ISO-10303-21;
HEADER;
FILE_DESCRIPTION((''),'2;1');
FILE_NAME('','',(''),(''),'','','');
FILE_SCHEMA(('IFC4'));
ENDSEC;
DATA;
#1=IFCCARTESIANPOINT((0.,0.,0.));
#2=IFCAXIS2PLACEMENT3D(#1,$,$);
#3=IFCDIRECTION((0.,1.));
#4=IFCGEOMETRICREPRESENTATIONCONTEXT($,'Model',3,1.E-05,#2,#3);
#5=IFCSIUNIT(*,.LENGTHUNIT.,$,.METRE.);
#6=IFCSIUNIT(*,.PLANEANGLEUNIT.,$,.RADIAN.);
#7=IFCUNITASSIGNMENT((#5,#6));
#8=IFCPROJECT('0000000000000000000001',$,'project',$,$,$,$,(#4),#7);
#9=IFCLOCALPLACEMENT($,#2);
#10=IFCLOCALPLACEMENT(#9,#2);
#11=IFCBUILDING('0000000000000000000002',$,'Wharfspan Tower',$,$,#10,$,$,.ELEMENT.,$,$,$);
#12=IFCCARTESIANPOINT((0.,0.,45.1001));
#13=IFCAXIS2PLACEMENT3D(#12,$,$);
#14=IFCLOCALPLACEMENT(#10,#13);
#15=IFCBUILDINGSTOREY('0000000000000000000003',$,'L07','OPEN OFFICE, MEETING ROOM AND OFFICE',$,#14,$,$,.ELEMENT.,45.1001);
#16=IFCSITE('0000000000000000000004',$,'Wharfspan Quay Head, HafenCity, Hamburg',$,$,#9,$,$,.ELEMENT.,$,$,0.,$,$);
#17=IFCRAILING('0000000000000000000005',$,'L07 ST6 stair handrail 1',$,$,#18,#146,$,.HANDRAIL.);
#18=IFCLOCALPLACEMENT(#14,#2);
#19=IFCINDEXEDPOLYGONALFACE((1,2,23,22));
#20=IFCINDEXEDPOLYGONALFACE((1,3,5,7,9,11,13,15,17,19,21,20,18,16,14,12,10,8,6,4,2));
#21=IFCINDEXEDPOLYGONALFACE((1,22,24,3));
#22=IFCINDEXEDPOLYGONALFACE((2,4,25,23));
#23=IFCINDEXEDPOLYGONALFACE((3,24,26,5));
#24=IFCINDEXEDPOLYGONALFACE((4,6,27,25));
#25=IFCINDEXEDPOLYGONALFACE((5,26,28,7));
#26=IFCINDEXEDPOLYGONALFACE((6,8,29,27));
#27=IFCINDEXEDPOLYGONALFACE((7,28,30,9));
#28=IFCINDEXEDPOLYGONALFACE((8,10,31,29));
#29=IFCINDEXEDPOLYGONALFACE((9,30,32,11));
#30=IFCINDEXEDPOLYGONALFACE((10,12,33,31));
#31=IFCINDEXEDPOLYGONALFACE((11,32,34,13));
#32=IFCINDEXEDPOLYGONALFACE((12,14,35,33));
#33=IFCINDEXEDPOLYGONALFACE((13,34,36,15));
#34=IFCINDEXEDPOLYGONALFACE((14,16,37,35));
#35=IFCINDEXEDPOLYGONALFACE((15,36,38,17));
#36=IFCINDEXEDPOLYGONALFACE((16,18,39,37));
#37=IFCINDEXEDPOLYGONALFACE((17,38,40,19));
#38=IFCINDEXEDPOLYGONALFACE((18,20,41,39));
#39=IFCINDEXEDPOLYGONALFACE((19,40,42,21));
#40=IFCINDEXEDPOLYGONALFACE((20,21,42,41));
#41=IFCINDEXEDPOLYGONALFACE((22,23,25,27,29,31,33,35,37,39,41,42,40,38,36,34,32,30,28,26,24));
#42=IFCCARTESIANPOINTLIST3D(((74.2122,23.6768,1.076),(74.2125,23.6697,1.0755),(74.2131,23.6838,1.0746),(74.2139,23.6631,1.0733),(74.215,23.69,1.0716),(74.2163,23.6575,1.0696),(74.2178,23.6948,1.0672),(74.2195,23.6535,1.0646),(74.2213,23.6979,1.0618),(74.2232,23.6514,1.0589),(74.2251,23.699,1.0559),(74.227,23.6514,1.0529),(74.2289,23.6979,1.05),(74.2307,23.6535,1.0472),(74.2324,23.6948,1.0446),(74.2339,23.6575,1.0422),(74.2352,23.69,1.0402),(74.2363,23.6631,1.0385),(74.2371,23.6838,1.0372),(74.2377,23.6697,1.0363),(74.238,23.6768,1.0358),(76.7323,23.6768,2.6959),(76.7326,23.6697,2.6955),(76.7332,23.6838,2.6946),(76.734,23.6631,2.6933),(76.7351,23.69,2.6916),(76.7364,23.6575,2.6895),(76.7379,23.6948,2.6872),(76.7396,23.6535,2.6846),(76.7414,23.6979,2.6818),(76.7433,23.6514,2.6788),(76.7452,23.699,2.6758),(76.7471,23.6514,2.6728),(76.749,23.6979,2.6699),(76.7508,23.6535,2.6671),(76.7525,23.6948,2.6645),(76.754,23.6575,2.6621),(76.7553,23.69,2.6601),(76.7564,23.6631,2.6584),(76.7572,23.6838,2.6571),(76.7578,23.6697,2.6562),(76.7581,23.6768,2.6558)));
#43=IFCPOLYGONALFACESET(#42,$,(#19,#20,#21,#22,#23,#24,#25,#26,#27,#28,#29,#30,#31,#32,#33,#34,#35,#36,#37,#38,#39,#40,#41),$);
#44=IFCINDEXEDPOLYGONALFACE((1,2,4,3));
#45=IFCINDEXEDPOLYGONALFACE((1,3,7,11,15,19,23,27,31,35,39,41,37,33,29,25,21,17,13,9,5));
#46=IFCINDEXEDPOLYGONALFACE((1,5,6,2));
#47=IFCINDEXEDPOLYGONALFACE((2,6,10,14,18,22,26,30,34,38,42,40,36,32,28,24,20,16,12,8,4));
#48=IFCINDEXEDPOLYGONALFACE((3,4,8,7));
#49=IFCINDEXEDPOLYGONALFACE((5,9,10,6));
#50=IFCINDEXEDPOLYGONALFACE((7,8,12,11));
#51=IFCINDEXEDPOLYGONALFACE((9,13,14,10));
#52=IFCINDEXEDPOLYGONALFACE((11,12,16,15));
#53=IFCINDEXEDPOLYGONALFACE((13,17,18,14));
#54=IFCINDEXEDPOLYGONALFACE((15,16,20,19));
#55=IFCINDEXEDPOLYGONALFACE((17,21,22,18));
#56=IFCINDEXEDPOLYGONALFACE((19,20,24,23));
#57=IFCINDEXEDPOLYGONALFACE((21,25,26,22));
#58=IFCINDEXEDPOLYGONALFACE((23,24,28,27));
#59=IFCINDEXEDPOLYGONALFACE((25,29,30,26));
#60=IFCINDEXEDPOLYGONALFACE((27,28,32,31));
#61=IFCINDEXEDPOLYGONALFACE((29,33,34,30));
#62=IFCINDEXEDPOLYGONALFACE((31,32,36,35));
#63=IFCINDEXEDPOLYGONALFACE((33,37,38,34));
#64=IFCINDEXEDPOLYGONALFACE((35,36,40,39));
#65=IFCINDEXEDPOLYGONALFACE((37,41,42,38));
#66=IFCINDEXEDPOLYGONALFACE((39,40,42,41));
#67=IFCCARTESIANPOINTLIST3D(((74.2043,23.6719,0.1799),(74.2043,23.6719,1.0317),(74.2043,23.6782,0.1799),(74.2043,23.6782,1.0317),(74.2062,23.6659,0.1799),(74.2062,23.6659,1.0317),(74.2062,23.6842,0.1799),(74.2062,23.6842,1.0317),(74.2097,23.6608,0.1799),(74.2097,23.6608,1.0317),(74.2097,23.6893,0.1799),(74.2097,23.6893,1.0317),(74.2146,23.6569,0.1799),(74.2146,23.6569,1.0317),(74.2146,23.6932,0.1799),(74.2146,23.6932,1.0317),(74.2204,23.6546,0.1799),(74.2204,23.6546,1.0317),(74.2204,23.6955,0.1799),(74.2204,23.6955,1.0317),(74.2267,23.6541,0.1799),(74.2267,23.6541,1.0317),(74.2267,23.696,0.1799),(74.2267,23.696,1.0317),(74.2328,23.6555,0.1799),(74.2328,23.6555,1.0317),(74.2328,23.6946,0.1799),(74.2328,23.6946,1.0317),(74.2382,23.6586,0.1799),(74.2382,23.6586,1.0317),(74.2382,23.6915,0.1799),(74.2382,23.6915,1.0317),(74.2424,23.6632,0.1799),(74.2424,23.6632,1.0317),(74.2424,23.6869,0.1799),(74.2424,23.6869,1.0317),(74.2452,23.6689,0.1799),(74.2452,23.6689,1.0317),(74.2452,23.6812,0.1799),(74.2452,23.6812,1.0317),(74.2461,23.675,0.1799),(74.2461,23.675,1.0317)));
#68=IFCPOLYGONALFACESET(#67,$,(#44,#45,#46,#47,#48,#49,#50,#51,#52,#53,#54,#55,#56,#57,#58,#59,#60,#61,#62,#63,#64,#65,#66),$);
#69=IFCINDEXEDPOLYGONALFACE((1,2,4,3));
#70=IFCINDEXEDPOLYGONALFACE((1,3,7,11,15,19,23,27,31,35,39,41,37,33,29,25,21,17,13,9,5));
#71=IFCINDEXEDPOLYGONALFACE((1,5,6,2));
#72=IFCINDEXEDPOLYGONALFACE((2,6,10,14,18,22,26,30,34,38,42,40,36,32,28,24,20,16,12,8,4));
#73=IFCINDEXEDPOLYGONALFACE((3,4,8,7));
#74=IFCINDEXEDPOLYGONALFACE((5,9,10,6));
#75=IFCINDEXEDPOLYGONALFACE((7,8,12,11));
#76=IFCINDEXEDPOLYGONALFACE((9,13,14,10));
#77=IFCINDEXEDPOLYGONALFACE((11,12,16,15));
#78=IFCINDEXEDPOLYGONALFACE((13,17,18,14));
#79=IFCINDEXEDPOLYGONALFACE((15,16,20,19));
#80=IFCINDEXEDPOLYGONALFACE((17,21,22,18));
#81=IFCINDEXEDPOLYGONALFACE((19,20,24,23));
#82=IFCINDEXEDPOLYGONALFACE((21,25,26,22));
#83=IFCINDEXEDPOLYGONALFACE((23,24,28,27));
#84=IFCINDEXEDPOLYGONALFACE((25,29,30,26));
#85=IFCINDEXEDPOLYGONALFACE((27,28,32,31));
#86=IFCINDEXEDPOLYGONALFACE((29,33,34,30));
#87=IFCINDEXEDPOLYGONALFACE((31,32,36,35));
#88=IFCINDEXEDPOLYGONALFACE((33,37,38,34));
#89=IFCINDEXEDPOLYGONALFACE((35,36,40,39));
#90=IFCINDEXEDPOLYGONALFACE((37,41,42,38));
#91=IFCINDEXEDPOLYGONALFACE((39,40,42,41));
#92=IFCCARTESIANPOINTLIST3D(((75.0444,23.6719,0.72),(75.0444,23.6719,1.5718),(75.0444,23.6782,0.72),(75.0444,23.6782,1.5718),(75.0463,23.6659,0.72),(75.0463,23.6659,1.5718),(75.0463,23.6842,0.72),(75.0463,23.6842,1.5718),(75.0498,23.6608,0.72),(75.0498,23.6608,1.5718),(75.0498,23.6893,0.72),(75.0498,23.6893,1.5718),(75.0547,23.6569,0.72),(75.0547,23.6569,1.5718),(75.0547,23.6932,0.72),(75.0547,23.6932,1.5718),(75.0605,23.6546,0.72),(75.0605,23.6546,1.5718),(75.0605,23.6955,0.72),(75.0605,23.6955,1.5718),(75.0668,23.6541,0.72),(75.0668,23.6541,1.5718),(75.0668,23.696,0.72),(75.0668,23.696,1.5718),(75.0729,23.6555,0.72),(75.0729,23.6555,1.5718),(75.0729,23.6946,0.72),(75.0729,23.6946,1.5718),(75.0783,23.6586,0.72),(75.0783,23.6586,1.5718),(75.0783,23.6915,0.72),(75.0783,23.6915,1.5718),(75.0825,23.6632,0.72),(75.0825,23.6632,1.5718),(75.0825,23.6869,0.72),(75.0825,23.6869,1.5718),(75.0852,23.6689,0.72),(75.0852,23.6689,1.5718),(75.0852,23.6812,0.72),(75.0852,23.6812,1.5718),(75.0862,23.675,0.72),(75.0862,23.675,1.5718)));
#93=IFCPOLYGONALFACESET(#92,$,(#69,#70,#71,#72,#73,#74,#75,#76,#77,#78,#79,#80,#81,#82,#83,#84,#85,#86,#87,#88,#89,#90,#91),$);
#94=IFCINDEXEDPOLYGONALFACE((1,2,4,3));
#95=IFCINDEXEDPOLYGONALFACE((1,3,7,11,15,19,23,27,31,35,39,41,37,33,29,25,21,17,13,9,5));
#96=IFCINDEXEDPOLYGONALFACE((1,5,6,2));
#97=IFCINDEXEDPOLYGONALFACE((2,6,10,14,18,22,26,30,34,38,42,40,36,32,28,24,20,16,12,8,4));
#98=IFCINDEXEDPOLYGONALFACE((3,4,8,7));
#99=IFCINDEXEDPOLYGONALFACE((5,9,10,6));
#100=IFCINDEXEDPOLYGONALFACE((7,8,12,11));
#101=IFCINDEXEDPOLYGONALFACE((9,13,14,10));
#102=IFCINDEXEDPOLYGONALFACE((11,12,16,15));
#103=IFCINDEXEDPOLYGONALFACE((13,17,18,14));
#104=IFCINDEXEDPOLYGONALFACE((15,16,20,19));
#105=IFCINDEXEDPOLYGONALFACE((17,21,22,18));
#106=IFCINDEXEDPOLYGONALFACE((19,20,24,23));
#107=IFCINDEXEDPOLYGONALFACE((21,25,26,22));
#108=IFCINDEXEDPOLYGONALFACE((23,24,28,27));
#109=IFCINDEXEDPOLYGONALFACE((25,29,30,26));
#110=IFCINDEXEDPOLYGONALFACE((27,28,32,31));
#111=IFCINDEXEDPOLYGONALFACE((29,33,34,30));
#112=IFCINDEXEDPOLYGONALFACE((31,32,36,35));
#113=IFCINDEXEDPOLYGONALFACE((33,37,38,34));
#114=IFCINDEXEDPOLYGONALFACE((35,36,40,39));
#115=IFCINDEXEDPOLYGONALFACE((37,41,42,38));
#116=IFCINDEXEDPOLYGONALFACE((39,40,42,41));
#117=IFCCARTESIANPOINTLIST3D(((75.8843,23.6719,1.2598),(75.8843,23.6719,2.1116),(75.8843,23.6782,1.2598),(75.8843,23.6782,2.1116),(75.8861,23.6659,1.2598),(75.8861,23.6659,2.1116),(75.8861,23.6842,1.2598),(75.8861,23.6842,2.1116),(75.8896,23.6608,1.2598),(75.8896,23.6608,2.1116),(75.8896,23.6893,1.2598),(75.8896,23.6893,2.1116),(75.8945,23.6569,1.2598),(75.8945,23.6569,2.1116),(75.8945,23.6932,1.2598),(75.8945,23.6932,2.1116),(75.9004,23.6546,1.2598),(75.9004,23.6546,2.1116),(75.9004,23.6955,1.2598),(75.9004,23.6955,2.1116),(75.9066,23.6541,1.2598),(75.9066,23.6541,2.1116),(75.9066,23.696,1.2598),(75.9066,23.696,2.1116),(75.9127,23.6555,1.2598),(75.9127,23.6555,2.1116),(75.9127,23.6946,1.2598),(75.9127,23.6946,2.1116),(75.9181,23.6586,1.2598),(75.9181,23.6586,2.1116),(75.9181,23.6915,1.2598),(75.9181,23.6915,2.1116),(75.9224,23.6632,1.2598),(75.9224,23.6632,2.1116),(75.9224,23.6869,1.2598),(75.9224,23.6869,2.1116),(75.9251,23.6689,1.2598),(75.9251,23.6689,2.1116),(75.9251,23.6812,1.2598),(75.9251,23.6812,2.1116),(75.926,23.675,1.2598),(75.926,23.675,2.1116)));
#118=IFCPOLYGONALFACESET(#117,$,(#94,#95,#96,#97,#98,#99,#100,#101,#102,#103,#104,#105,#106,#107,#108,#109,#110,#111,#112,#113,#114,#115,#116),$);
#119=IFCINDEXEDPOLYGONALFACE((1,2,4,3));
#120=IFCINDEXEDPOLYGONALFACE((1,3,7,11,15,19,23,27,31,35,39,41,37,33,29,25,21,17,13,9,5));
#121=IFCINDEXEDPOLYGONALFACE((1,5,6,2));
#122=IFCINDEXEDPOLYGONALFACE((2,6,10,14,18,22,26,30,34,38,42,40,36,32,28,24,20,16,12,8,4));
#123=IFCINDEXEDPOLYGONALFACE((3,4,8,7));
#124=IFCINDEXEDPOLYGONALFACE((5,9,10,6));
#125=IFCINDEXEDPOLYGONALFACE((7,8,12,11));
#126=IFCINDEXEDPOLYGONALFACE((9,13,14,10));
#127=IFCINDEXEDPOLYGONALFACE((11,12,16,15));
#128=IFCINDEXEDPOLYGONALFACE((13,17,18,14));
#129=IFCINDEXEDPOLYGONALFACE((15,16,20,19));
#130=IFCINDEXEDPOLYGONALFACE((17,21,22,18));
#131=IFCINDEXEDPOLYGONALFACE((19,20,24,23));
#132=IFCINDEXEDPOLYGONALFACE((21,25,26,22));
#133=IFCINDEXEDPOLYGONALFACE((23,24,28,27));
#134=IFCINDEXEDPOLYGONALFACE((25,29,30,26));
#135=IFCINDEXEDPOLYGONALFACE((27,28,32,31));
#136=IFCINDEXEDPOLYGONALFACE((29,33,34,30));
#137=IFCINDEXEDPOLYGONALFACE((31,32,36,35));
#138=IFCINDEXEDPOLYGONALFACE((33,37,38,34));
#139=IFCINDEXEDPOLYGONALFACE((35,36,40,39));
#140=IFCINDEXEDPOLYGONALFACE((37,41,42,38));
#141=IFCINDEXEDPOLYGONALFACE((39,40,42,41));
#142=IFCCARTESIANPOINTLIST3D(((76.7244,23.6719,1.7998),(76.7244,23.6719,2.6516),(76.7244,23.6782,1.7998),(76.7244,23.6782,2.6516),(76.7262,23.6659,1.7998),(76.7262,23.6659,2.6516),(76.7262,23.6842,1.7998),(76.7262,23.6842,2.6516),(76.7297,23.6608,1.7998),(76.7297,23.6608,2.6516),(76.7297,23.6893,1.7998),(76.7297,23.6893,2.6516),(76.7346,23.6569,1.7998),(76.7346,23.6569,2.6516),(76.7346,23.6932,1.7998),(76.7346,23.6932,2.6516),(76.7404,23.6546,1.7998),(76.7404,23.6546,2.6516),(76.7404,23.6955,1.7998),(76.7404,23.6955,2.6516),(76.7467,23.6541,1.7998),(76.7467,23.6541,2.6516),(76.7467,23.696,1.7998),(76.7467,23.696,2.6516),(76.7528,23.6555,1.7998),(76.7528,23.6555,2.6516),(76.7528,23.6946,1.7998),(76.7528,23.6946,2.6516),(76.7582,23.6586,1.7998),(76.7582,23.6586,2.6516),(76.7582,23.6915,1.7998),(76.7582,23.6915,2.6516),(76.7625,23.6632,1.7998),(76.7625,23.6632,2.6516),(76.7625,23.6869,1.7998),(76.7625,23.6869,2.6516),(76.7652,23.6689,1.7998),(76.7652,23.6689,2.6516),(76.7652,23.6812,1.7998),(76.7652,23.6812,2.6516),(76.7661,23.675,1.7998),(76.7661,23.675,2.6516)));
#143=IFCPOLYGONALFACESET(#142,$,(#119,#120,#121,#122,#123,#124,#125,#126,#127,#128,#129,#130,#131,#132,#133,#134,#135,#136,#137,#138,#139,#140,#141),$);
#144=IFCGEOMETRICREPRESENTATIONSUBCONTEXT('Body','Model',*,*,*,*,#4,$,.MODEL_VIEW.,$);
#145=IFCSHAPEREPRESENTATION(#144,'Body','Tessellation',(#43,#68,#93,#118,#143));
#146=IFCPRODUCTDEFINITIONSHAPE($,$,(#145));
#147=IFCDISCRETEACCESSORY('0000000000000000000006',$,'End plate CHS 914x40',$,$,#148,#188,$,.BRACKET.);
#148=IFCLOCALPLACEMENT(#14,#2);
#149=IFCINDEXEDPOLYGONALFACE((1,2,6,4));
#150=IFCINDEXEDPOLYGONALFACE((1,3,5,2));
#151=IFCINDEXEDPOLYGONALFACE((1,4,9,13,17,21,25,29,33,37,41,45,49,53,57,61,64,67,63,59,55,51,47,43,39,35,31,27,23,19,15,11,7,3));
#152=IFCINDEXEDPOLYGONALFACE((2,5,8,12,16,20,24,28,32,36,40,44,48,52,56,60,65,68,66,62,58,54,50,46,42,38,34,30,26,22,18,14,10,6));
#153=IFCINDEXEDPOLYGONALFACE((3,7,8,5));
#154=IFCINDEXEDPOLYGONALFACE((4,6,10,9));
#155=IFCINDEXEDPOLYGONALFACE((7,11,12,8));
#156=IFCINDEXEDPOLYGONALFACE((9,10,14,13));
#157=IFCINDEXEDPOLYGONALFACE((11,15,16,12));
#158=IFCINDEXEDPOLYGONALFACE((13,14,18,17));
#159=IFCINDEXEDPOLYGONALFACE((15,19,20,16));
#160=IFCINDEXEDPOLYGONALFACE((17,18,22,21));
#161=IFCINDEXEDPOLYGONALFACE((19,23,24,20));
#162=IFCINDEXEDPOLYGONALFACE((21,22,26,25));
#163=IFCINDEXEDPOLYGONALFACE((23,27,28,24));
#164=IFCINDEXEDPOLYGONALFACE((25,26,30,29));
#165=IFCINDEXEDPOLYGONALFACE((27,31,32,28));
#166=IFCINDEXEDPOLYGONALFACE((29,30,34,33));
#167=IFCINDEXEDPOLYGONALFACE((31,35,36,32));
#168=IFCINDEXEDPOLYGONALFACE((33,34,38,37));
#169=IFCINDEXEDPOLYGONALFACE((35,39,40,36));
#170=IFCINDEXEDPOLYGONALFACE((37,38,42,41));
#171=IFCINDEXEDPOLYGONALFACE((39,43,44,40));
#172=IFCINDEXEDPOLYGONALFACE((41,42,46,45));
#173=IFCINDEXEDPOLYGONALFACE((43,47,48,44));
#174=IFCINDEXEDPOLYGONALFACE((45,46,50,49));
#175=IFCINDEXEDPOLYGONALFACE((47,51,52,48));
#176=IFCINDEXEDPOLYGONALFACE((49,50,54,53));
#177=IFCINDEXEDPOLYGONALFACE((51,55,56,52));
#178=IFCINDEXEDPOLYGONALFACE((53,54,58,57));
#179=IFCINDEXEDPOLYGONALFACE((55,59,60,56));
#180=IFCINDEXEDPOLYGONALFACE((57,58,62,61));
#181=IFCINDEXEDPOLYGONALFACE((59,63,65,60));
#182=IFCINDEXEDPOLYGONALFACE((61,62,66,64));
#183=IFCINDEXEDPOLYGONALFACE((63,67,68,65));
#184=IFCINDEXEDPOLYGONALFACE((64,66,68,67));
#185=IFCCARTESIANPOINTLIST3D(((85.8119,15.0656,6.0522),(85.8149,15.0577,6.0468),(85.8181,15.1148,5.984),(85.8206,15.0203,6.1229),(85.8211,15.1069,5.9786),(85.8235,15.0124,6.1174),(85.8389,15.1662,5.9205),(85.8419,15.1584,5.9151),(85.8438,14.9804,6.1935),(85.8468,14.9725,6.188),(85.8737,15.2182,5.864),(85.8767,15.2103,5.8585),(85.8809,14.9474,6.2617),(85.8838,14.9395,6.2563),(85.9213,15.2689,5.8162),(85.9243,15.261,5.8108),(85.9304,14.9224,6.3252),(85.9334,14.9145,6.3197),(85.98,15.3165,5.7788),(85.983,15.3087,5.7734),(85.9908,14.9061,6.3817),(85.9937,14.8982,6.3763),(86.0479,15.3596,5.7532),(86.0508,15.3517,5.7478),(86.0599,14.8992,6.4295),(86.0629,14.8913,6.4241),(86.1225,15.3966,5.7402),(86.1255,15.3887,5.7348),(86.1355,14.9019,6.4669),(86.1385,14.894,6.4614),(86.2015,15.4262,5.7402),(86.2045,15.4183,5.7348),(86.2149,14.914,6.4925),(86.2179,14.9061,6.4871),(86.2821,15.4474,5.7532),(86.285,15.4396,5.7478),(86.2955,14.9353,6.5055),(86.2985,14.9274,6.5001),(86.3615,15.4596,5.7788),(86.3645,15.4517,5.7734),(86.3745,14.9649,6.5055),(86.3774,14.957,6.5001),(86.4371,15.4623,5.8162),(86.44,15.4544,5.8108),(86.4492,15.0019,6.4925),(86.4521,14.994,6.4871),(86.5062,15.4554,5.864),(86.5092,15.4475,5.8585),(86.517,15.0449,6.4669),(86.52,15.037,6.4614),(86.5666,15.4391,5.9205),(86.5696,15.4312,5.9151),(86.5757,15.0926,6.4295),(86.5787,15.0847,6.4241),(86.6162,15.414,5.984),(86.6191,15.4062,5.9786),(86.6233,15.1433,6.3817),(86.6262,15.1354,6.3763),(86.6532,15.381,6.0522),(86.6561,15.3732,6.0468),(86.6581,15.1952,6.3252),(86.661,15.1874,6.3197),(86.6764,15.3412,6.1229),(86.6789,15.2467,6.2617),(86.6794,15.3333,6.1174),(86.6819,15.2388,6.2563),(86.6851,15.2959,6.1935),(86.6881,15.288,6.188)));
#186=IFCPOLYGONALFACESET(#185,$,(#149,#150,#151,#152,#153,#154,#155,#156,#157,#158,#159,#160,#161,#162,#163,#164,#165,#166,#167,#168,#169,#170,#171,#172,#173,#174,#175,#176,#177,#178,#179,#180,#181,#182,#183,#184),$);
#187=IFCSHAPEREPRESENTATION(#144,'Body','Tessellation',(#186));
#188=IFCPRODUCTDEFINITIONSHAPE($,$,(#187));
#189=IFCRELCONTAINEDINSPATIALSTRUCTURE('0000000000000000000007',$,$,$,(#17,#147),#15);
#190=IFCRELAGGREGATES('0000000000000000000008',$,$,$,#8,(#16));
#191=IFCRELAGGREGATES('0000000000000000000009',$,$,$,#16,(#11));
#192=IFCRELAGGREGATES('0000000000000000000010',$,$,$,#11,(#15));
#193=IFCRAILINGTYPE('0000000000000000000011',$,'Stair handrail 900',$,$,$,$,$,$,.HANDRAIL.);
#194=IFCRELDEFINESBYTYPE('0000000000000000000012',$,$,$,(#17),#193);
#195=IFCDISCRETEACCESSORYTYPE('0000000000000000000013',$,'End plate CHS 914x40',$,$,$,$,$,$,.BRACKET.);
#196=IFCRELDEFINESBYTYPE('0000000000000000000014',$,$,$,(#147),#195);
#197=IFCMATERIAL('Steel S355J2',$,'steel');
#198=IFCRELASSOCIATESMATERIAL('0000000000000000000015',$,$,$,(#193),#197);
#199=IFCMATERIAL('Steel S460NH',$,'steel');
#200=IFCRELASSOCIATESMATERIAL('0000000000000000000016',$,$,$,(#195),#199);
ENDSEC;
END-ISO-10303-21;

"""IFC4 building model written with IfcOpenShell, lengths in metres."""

from ifc_helpers import new_model, si_unit, direction, frame, origin, origin_2d, place, context, subcontext, project, spatial, circle, extrude, material, material_profile, profile_set, type_object, element, save


model = new_model("IFC4")

# Units and contexts
model_context = context("Model", 3, precision=1e-05, world=origin(), true_north=direction((0.0, 1.0)))
body_context = subcontext(model_context, "Body", "Model", "MODEL_VIEW")
ifc_project = project(units=[si_unit("LENGTHUNIT", "METRE"), si_unit("PLANEANGLEUNIT", "RADIAN")], contexts=[model_context])

# Site, building, storey
site_placement = place(None, origin())
site = spatial("IfcSite", under=ifc_project, at=site_placement, Name="Wharfspan Quay Head, HafenCity, Hamburg", CompositionType="ELEMENT", RefElevation=0.0)
building_placement = place(site_placement, origin())
building = spatial("IfcBuilding", under=site, at=building_placement, Name="Wharfspan Tower", CompositionType="ELEMENT")
storey_placement = place(building_placement, frame((0.0, 0.0, 45.1001)))
storey = spatial("IfcBuildingStorey", under=building, at=storey_placement, Name="L07", Description="OPEN OFFICE, MEETING ROOM AND OFFICE", CompositionType="ELEMENT", Elevation=45.1001)

# Shared definitions
ifc_material_1 = material(Name="Steel S355J2", Category="steel")

# Shared definitions
ifc_material_2 = material(Name="Steel S460NH", Category="steel")

# Railing
railing_type_1 = type_object("IfcRailingType", Name="Stair handrail 900", PredefinedType="HANDRAIL", material=ifc_material_1)
railing_1_placement = place(storey_placement, frame((74.2251, 23.675, 0.1799)))
element("IfcRailing", 1, at=railing_1_placement, inside=storey, type_object=railing_type_1, Name="L07 ST6 stair handrail 1", PredefinedType="HANDRAIL", context=body_context, shape_type="SweptSolid", body=[
    extrude(circle(Radius=0.0239, at=origin_2d()), frame((0.0, 0.0, 0.876), z_axis=(0.8412, 0.0, 0.540725), x_axis=(0.0, 1.0, 0.0)), (0.0, 0.0, 1.0), 2.9958),
    extrude(circle(Radius=0.021, at=origin_2d()), origin(), (0.0, 0.0, 1.0), 0.8518),
    extrude(circle(Radius=0.021, at=origin_2d()), frame((0.8401, 0.0, 0.54)), (0.0, 0.0, 1.0), 0.8518),
    extrude(circle(Radius=0.021, at=origin_2d()), frame((1.6799, 0.0, 1.0798)), (0.0, 0.0, 1.0), 0.8518),
    extrude(circle(Radius=0.021, at=origin_2d()), frame((2.52, 0.0, 1.6199)), (0.0, 0.0, 1.0), 0.8518),
])

# Discrete accessory
ifc_material_profile_1 = material_profile(ifc_material_2, circle(Radius=0.457, at=origin_2d()))
ifc_profile_set_1 = profile_set([ifc_material_profile_1], Name="Steel S460NH")
discrete_accessory_type = type_object("IfcDiscreteAccessoryType", Name="End plate CHS 914x40", PredefinedType="BRACKET", material=ifc_profile_set_1)
for number, where, z_axis, x_axis, name in (
    (2, (86.2515, 15.1729, 6.1174), (-0.295241, 0.787309, 0.541275), (-0.936333, -0.351125, 0.0), "End plate CHS 914x40"),
):
    element("IfcDiscreteAccessory", number, at=place(storey_placement, frame(where, z_axis=z_axis, x_axis=x_axis)), inside=storey, type_object=discrete_accessory_type, Name=name, PredefinedType="BRACKET", context=body_context, shape_type="SweptSolid", body=[
        extrude(circle(Radius=0.457, at=origin_2d()), origin(), (0.0, 0.0, 1.0), 0.01),
    ])

save(model, "model.ifc")
